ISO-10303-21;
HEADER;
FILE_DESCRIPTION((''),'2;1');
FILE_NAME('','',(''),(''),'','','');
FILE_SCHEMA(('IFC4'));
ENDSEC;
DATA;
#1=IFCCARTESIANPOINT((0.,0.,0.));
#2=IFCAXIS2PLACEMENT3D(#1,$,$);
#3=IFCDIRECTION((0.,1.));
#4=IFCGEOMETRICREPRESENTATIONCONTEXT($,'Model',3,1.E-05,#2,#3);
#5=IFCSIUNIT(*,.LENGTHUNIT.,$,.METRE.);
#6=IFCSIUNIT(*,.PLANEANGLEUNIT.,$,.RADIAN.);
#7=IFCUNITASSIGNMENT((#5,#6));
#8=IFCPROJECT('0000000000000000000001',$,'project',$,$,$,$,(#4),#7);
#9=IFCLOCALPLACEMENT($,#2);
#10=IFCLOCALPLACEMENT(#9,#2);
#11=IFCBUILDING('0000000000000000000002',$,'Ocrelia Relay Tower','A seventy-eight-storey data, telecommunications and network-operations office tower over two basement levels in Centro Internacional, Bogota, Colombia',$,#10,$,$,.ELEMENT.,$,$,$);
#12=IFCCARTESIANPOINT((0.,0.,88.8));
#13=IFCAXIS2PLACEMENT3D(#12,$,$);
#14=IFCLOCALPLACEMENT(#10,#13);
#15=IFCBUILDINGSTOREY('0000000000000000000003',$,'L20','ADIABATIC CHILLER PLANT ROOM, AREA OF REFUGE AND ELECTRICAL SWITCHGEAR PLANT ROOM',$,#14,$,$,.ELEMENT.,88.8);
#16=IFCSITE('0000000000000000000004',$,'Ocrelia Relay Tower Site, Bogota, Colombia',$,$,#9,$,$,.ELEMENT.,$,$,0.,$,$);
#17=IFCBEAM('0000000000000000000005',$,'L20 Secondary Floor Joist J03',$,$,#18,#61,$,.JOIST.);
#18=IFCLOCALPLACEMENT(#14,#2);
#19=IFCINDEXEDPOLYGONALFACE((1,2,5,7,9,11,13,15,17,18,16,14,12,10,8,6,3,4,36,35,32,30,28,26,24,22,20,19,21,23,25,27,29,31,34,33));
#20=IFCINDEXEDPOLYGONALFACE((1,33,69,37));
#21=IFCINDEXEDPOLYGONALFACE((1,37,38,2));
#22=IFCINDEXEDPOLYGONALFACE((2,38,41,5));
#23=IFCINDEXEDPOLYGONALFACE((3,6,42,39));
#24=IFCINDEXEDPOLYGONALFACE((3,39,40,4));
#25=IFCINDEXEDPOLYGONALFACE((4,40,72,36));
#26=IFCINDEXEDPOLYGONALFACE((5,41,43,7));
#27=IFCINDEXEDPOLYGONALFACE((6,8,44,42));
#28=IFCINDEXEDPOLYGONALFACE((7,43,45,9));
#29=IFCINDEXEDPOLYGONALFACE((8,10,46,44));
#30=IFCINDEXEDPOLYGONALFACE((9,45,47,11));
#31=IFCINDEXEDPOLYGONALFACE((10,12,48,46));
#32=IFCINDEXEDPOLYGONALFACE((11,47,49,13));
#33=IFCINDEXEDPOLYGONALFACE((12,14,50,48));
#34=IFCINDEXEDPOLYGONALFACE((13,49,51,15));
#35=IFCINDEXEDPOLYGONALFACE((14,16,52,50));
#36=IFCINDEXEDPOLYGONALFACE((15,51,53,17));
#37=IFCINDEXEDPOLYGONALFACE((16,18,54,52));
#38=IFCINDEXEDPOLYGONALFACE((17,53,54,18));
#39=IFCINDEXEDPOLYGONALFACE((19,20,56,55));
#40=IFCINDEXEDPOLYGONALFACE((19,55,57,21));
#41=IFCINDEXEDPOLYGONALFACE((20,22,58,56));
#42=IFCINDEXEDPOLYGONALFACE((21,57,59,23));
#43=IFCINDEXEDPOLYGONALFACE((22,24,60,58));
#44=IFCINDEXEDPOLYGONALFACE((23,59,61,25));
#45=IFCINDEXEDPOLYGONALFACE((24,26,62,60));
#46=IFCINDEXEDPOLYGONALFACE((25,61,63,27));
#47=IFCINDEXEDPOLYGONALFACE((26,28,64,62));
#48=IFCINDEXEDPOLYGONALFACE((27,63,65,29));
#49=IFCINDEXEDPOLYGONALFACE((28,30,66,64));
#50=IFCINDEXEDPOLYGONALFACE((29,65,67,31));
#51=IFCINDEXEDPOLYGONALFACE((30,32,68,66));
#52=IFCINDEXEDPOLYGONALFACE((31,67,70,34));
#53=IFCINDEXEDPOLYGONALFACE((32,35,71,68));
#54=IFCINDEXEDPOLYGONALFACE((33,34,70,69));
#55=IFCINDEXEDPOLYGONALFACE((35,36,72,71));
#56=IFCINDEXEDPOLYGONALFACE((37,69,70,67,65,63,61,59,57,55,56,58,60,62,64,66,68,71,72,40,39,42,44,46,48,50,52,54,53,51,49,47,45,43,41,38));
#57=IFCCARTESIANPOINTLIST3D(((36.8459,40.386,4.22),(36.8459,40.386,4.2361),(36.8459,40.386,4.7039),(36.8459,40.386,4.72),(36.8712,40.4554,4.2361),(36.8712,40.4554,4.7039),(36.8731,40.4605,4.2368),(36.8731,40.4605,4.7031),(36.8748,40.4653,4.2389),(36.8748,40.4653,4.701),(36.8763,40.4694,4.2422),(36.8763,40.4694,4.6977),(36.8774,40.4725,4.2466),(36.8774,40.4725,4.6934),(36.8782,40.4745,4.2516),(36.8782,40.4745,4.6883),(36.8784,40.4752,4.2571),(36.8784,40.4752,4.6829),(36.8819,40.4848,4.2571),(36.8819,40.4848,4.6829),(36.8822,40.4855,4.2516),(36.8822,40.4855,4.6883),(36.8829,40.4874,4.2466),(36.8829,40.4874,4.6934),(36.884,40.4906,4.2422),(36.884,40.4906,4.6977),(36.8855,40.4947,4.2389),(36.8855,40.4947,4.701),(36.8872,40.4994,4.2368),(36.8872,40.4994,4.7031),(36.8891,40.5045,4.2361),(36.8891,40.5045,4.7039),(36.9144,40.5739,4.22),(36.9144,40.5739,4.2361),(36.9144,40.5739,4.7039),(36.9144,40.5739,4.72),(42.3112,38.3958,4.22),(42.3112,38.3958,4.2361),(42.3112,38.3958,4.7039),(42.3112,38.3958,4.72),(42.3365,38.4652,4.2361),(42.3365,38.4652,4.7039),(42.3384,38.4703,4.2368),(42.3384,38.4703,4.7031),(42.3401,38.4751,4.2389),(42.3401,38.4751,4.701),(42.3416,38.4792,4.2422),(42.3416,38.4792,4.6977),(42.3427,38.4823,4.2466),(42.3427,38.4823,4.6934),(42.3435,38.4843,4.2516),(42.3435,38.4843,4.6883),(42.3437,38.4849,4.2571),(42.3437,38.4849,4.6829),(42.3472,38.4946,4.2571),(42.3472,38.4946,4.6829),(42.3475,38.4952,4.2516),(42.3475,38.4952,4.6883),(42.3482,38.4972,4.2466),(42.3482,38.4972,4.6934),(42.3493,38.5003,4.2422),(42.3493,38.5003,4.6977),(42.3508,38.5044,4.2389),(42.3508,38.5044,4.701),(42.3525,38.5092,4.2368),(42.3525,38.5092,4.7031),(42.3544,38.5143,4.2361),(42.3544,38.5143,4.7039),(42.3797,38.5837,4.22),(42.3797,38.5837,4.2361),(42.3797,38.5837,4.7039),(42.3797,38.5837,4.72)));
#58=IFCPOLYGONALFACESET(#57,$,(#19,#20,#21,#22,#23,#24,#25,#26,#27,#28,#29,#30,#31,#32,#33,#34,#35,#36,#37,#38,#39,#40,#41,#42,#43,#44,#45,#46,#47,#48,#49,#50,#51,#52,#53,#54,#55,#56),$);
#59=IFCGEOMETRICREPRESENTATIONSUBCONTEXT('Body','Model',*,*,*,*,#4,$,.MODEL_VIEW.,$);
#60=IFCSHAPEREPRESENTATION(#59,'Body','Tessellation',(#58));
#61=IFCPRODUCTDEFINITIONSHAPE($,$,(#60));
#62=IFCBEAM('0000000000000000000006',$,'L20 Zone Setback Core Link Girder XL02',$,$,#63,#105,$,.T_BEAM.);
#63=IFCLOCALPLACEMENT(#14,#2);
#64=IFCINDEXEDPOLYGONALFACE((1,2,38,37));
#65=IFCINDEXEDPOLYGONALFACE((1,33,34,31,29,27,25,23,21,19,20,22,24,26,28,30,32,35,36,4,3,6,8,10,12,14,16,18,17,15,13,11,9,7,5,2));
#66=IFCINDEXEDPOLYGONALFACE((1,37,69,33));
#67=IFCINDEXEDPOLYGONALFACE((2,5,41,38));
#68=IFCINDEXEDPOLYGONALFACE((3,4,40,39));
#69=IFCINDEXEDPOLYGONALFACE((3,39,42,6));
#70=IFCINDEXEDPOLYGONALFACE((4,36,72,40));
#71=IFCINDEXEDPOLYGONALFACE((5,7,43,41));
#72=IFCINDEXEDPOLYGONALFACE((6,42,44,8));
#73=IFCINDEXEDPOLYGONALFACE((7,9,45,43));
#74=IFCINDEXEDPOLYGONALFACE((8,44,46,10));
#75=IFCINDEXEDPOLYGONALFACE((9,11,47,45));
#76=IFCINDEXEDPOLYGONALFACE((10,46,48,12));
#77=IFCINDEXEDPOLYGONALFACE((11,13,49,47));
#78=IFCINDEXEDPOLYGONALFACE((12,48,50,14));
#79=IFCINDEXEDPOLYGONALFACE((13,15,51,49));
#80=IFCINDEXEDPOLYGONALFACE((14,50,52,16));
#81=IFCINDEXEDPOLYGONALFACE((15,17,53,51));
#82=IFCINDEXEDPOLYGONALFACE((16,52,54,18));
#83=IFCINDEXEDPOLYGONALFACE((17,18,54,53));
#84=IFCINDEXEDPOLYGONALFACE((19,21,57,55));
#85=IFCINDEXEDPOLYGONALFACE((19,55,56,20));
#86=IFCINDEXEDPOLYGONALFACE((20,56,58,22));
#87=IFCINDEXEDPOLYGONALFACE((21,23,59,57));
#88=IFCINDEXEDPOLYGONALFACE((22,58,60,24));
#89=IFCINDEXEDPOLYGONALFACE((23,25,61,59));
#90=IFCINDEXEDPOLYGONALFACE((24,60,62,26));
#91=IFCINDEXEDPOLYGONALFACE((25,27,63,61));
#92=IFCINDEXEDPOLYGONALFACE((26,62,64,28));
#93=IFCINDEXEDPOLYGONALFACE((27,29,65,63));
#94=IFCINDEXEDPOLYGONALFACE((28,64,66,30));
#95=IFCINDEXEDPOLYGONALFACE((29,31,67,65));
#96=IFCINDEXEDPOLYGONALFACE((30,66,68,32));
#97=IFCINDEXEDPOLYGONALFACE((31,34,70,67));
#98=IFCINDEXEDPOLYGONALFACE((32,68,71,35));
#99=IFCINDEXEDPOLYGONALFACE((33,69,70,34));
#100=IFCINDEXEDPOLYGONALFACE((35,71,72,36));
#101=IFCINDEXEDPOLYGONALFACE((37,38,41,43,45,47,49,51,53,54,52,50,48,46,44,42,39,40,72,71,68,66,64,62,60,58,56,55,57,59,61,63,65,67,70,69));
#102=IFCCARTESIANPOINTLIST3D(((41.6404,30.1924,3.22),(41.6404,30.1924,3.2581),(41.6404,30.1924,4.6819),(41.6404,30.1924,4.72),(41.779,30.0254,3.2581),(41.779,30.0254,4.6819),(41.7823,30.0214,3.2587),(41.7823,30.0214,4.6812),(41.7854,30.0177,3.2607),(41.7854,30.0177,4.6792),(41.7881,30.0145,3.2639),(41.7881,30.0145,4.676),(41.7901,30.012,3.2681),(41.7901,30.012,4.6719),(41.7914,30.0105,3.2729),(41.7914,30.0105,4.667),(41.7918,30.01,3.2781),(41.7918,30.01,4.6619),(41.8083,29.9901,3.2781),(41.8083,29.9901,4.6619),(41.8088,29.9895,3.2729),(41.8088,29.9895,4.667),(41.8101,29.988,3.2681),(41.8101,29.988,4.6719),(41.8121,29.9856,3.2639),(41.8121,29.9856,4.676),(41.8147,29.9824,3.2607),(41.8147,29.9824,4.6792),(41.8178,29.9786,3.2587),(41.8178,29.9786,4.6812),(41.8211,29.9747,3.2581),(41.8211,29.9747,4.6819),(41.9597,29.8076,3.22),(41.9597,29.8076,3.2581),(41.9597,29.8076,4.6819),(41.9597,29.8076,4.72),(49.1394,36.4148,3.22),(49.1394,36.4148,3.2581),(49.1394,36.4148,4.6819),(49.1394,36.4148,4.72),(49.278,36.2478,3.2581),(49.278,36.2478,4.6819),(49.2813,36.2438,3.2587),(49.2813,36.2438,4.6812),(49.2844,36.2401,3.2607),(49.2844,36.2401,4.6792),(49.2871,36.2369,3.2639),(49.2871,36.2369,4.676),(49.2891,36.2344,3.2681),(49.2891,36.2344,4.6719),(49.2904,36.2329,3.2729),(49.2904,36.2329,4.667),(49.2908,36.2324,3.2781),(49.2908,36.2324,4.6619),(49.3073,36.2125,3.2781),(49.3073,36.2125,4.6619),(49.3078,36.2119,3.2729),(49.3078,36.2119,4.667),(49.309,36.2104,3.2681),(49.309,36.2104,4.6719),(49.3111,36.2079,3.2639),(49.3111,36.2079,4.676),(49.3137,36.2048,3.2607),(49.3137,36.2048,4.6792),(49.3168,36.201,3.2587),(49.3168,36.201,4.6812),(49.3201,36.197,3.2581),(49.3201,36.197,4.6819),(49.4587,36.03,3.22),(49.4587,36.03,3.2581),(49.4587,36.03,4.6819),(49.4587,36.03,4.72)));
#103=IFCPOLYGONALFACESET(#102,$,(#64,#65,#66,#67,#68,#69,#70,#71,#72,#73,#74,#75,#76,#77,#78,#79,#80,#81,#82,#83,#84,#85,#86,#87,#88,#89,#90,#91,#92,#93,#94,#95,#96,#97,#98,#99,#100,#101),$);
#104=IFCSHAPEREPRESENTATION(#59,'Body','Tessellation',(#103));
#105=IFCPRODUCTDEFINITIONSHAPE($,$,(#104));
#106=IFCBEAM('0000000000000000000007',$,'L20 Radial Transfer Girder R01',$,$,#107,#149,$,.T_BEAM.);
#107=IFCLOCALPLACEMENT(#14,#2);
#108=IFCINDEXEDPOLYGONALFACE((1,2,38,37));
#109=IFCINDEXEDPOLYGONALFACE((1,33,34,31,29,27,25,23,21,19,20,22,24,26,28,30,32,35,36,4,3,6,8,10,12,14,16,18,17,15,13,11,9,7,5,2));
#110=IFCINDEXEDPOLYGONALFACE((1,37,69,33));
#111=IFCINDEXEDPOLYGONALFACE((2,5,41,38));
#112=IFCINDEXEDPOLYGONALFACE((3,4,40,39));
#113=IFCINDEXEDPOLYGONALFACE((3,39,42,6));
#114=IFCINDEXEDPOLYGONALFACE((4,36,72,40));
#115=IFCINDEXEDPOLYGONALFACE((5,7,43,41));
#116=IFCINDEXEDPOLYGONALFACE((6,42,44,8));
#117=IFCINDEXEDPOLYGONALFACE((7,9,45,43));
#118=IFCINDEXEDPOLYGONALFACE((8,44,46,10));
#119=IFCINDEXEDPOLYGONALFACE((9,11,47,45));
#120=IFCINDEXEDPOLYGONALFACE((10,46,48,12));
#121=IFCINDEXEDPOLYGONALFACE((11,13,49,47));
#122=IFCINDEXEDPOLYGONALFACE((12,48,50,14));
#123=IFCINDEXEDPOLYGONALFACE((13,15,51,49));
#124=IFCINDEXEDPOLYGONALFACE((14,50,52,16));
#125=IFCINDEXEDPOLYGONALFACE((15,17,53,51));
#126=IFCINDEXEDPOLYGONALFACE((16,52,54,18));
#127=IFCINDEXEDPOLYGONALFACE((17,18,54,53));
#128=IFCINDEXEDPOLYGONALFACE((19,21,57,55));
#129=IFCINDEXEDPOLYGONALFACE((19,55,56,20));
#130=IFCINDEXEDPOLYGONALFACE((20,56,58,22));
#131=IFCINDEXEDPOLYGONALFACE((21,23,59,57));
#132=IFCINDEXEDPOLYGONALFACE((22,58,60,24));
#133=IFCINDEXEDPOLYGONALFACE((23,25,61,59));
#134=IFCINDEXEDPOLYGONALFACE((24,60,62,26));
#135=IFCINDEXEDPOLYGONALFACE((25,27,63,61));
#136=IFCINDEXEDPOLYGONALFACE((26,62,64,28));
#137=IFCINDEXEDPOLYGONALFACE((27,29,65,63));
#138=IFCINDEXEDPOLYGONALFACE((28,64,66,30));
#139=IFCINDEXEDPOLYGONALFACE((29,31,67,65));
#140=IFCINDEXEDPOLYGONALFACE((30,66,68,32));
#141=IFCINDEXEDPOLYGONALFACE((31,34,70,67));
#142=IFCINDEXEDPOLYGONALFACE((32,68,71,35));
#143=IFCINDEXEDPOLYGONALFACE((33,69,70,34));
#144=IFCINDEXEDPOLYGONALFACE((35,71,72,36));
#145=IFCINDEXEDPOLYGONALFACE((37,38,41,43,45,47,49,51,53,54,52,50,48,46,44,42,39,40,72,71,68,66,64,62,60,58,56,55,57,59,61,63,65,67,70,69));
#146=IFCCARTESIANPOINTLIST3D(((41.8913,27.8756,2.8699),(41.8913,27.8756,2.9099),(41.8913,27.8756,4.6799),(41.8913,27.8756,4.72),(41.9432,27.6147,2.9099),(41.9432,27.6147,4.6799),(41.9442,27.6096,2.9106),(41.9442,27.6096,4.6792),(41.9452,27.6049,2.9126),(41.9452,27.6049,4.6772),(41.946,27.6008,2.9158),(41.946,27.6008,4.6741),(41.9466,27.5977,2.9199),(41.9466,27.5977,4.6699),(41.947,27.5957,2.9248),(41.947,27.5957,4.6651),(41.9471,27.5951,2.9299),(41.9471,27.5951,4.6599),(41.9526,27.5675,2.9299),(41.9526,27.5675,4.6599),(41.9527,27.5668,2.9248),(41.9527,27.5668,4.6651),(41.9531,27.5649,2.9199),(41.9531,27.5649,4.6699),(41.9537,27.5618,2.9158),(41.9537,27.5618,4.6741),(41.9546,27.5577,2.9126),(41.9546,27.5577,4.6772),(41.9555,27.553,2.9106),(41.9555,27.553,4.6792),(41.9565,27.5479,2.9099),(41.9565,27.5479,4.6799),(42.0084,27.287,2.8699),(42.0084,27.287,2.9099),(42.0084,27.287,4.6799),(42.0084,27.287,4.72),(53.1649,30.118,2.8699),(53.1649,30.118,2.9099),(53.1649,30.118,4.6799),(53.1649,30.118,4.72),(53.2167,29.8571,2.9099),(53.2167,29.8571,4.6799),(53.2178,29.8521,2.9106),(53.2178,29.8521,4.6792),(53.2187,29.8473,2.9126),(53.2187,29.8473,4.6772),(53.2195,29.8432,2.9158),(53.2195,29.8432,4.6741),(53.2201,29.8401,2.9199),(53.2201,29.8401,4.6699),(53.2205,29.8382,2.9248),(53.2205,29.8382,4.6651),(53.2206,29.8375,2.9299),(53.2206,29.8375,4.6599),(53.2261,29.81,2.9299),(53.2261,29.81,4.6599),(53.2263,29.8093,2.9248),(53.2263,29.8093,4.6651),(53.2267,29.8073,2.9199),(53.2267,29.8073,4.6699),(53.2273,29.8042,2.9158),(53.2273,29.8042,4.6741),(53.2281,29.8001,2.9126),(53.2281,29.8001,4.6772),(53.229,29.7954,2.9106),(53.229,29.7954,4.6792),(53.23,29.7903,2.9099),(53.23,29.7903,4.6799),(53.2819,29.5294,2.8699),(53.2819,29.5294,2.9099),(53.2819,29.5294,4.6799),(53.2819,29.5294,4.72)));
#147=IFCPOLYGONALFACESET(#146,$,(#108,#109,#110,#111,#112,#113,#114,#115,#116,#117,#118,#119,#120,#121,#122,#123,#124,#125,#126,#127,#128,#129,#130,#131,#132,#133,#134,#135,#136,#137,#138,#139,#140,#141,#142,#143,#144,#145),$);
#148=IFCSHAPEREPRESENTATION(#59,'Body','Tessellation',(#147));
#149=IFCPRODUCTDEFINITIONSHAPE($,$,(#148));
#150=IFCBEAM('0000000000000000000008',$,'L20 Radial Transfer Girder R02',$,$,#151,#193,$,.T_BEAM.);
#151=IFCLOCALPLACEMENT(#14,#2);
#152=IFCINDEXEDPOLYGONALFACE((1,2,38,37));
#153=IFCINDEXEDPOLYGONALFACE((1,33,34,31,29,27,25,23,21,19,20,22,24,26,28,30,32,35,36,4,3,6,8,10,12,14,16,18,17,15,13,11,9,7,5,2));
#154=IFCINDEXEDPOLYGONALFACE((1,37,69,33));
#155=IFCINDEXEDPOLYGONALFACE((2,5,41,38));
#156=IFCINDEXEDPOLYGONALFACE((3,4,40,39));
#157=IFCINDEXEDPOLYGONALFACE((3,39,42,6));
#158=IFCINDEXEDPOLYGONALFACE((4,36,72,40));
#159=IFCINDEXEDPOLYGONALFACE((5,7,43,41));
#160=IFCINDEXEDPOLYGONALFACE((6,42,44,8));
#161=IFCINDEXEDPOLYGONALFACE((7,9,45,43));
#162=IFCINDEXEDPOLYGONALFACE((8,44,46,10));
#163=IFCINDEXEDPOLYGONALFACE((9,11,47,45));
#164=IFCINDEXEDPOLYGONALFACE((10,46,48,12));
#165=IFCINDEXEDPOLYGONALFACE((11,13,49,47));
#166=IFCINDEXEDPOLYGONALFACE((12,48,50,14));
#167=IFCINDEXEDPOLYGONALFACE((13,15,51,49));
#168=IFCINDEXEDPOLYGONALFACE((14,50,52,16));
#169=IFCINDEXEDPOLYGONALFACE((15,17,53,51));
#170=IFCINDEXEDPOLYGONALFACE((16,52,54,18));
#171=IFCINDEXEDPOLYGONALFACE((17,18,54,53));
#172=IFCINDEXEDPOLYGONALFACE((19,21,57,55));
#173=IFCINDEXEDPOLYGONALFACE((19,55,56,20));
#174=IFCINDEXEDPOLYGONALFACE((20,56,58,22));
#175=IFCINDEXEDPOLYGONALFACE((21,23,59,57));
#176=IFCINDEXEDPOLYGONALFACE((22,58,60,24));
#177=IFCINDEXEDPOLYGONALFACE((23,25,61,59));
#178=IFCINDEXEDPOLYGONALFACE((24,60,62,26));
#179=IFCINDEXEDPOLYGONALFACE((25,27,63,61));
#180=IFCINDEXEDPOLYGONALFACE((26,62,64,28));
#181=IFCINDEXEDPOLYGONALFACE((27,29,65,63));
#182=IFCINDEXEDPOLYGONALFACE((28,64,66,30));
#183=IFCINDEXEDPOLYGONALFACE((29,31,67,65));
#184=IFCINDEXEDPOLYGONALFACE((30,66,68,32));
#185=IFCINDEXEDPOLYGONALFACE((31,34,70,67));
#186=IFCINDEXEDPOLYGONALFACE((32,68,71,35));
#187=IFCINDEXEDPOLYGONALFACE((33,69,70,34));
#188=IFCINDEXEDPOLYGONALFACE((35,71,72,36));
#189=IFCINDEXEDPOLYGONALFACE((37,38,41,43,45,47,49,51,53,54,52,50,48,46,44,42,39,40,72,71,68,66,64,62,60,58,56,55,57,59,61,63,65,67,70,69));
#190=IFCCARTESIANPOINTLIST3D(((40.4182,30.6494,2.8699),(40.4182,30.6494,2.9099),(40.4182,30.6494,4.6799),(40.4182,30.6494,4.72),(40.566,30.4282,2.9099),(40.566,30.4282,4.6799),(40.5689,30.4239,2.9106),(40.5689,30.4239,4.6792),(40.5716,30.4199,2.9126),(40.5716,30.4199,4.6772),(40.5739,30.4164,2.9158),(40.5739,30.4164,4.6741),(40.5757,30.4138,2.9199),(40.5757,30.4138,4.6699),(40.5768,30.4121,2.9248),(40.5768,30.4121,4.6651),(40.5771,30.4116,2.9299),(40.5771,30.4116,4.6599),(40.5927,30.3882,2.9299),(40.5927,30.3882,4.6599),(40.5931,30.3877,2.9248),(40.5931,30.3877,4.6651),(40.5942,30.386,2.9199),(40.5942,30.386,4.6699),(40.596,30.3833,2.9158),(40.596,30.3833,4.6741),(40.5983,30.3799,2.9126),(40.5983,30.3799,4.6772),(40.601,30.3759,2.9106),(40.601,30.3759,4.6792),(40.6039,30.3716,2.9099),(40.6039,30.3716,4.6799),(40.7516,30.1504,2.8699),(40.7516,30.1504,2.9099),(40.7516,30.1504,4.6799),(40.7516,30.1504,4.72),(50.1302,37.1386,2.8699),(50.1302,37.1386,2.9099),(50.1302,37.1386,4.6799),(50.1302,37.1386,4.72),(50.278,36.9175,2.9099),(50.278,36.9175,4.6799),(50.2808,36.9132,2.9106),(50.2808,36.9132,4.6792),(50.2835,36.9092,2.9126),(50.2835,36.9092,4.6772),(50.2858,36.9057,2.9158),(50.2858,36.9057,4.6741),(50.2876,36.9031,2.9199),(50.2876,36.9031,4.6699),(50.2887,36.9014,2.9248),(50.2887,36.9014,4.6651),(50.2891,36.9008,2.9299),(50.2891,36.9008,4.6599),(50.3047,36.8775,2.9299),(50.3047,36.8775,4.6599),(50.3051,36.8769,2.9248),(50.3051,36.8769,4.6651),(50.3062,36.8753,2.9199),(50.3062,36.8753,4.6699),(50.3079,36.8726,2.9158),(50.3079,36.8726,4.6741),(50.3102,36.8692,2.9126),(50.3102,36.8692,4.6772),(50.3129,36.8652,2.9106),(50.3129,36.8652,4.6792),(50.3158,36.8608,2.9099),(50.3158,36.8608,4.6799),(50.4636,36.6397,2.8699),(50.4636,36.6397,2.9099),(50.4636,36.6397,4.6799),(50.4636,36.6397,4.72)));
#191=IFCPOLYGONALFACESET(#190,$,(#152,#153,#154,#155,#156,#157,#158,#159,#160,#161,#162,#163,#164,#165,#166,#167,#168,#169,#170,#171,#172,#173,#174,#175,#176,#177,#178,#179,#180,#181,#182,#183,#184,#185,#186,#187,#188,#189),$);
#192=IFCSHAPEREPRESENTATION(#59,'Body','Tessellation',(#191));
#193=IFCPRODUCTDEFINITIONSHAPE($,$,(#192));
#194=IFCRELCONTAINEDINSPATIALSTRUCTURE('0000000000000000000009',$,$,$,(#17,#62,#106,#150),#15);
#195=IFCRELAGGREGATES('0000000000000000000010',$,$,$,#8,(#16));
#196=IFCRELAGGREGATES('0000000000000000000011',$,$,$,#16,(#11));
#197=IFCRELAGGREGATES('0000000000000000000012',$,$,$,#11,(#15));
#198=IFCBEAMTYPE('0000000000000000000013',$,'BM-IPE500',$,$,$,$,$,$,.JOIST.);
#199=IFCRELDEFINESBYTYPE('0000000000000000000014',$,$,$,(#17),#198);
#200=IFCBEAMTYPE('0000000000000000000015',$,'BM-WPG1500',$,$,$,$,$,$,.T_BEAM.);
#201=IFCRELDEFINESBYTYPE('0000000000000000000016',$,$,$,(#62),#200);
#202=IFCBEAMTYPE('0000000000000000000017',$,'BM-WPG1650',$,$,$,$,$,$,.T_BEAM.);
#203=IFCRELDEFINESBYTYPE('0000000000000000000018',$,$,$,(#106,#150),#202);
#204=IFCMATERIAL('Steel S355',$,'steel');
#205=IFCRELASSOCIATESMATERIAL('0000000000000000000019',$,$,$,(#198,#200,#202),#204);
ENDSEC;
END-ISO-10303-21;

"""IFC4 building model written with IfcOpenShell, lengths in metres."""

from ifc_helpers import new_model, si_unit, direction, frame, origin, origin_2d, place, context, subcontext, project, spatial, i_section, extrude, material, material_profile, profile_set, type_object, element, save


model = new_model("IFC4")

# Units and contexts
model_context = context("Model", 3, precision=1e-05, world=origin(), true_north=direction((0.0, 1.0)))
body_context = subcontext(model_context, "Body", "Model", "MODEL_VIEW")
ifc_project = project(units=[si_unit("LENGTHUNIT", "METRE"), si_unit("PLANEANGLEUNIT", "RADIAN")], contexts=[model_context])

# Site, building, storey
site_placement = place(None, origin())
site = spatial("IfcSite", under=ifc_project, at=site_placement, Name="Ocrelia Relay Tower Site, Bogota, Colombia", CompositionType="ELEMENT", RefElevation=0.0)
building_placement = place(site_placement, origin())
building = spatial("IfcBuilding", under=site, at=building_placement, Name="Ocrelia Relay Tower", Description="A seventy-eight-storey data, telecommunications and network-operations office tower over two basement levels in Centro Internacional, Bogota, Colombia", CompositionType="ELEMENT")
storey_placement = place(building_placement, frame((0.0, 0.0, 88.8)))
storey = spatial("IfcBuildingStorey", under=building, at=storey_placement, Name="L20", Description="ADIABATIC CHILLER PLANT ROOM, AREA OF REFUGE AND ELECTRICAL SWITCHGEAR PLANT ROOM", CompositionType="ELEMENT", Elevation=88.8)

# Beams
ifc_material_1 = material(Name="Steel S355", Category="steel")
ifc_material_profile_1 = material_profile(ifc_material_1, i_section(OverallWidth=0.2, OverallDepth=0.5, WebThickness=0.0103, FlangeThickness=0.0161, FilletRadius=0.021, at=origin_2d()), Name="IPE 500")
ifc_profile_set_1 = profile_set([ifc_material_profile_1], Name="Steel S355")
beam_type_1 = type_object("IfcBeamType", Name="BM-IPE500", PredefinedType="JOIST", material=ifc_profile_set_1)
beam_1_placement = place(storey_placement, frame((42.3455, 38.4897, 4.47), z_axis=(-0.939636, 0.342174, 0.0), x_axis=(-0.342174, -0.939636, 0.0)))
element("IfcBeam", 1, at=beam_1_placement, inside=storey, type_object=beam_type_1, Name="L20 Secondary Floor Joist J03", PredefinedType="JOIST", context=body_context, shape_type="SweptSolid", body=[
    extrude(i_section(OverallWidth=0.2, OverallDepth=0.5, WebThickness=0.0103, FlangeThickness=0.0161, FilletRadius=0.021, at=origin_2d()), origin(), (0.0, 0.0, 1.0), 5.8164),
])
ifc_material_profile_2 = material_profile(ifc_material_1, i_section(OverallWidth=0.5, OverallDepth=1.5, WebThickness=0.0259, FlangeThickness=0.0381, FilletRadius=0.02, at=origin_2d()), Name="WPG 1500x500")
ifc_profile_set_2 = profile_set([ifc_material_profile_2], Name="Steel S355")
beam_type_2 = type_object("IfcBeamType", Name="BM-WPG1500", PredefinedType="T_BEAM", material=ifc_profile_set_2)
beam_2_placement = place(storey_placement, frame((49.2991, 36.2224, 3.97), z_axis=(-0.769571, -0.638561, 0.0), x_axis=(0.638561, -0.769571, 0.0)))
element("IfcBeam", 2, at=beam_2_placement, inside=storey, type_object=beam_type_2, Name="L20 Zone Setback Core Link Girder XL02", PredefinedType="T_BEAM", context=body_context, shape_type="SweptSolid", body=[
    extrude(i_section(OverallWidth=0.5, OverallDepth=1.5, WebThickness=0.0259, FlangeThickness=0.0381, FilletRadius=0.02, at=origin_2d()), origin(), (0.0, 0.0, 1.0), 9.7444),
])
ifc_material_profile_3 = material_profile(ifc_material_1, i_section(OverallWidth=0.6001, OverallDepth=1.8501, WebThickness=0.0281, FlangeThickness=0.04, FilletRadius=0.02, at=origin_2d()), Name="WPG 1850x600")
ifc_profile_set_3 = profile_set([ifc_material_profile_3], Name="Steel S355")
beam_type_3 = type_object("IfcBeamType", Name="BM-WPG1650", PredefinedType="T_BEAM", material=ifc_profile_set_3)
beam_3_placement = place(storey_placement, frame((53.2234, 29.8237, 3.7949), z_axis=(-0.980785, -0.195091, 0.0), x_axis=(0.195091, -0.980785, 0.0)))
element("IfcBeam", 3, at=beam_3_placement, inside=storey, type_object=beam_type_3, Name="L20 Radial Transfer Girder R01", PredefinedType="T_BEAM", context=body_context, shape_type="SweptSolid", body=[
    extrude(i_section(OverallWidth=0.6001, OverallDepth=1.8501, WebThickness=0.0281, FlangeThickness=0.04, FilletRadius=0.02, at=origin_2d()), origin(), (0.0, 0.0, 1.0), 11.4944),
])
beam_4_placement = place(storey_placement, frame((50.2969, 36.8892, 3.7949), z_axis=(-0.831471, -0.555568, 0.0), x_axis=(0.555568, -0.831471, 0.0)))
element("IfcBeam", 4, at=beam_4_placement, inside=storey, type_object=beam_type_3, Name="L20 Radial Transfer Girder R02", PredefinedType="T_BEAM", context=body_context, shape_type="SweptSolid", body=[
    extrude(i_section(OverallWidth=0.6001, OverallDepth=1.8501, WebThickness=0.0281, FlangeThickness=0.04, FilletRadius=0.02, at=origin_2d()), origin(), (0.0, 0.0, 1.0), 11.6804),
])

save(model, "model.ifc")
